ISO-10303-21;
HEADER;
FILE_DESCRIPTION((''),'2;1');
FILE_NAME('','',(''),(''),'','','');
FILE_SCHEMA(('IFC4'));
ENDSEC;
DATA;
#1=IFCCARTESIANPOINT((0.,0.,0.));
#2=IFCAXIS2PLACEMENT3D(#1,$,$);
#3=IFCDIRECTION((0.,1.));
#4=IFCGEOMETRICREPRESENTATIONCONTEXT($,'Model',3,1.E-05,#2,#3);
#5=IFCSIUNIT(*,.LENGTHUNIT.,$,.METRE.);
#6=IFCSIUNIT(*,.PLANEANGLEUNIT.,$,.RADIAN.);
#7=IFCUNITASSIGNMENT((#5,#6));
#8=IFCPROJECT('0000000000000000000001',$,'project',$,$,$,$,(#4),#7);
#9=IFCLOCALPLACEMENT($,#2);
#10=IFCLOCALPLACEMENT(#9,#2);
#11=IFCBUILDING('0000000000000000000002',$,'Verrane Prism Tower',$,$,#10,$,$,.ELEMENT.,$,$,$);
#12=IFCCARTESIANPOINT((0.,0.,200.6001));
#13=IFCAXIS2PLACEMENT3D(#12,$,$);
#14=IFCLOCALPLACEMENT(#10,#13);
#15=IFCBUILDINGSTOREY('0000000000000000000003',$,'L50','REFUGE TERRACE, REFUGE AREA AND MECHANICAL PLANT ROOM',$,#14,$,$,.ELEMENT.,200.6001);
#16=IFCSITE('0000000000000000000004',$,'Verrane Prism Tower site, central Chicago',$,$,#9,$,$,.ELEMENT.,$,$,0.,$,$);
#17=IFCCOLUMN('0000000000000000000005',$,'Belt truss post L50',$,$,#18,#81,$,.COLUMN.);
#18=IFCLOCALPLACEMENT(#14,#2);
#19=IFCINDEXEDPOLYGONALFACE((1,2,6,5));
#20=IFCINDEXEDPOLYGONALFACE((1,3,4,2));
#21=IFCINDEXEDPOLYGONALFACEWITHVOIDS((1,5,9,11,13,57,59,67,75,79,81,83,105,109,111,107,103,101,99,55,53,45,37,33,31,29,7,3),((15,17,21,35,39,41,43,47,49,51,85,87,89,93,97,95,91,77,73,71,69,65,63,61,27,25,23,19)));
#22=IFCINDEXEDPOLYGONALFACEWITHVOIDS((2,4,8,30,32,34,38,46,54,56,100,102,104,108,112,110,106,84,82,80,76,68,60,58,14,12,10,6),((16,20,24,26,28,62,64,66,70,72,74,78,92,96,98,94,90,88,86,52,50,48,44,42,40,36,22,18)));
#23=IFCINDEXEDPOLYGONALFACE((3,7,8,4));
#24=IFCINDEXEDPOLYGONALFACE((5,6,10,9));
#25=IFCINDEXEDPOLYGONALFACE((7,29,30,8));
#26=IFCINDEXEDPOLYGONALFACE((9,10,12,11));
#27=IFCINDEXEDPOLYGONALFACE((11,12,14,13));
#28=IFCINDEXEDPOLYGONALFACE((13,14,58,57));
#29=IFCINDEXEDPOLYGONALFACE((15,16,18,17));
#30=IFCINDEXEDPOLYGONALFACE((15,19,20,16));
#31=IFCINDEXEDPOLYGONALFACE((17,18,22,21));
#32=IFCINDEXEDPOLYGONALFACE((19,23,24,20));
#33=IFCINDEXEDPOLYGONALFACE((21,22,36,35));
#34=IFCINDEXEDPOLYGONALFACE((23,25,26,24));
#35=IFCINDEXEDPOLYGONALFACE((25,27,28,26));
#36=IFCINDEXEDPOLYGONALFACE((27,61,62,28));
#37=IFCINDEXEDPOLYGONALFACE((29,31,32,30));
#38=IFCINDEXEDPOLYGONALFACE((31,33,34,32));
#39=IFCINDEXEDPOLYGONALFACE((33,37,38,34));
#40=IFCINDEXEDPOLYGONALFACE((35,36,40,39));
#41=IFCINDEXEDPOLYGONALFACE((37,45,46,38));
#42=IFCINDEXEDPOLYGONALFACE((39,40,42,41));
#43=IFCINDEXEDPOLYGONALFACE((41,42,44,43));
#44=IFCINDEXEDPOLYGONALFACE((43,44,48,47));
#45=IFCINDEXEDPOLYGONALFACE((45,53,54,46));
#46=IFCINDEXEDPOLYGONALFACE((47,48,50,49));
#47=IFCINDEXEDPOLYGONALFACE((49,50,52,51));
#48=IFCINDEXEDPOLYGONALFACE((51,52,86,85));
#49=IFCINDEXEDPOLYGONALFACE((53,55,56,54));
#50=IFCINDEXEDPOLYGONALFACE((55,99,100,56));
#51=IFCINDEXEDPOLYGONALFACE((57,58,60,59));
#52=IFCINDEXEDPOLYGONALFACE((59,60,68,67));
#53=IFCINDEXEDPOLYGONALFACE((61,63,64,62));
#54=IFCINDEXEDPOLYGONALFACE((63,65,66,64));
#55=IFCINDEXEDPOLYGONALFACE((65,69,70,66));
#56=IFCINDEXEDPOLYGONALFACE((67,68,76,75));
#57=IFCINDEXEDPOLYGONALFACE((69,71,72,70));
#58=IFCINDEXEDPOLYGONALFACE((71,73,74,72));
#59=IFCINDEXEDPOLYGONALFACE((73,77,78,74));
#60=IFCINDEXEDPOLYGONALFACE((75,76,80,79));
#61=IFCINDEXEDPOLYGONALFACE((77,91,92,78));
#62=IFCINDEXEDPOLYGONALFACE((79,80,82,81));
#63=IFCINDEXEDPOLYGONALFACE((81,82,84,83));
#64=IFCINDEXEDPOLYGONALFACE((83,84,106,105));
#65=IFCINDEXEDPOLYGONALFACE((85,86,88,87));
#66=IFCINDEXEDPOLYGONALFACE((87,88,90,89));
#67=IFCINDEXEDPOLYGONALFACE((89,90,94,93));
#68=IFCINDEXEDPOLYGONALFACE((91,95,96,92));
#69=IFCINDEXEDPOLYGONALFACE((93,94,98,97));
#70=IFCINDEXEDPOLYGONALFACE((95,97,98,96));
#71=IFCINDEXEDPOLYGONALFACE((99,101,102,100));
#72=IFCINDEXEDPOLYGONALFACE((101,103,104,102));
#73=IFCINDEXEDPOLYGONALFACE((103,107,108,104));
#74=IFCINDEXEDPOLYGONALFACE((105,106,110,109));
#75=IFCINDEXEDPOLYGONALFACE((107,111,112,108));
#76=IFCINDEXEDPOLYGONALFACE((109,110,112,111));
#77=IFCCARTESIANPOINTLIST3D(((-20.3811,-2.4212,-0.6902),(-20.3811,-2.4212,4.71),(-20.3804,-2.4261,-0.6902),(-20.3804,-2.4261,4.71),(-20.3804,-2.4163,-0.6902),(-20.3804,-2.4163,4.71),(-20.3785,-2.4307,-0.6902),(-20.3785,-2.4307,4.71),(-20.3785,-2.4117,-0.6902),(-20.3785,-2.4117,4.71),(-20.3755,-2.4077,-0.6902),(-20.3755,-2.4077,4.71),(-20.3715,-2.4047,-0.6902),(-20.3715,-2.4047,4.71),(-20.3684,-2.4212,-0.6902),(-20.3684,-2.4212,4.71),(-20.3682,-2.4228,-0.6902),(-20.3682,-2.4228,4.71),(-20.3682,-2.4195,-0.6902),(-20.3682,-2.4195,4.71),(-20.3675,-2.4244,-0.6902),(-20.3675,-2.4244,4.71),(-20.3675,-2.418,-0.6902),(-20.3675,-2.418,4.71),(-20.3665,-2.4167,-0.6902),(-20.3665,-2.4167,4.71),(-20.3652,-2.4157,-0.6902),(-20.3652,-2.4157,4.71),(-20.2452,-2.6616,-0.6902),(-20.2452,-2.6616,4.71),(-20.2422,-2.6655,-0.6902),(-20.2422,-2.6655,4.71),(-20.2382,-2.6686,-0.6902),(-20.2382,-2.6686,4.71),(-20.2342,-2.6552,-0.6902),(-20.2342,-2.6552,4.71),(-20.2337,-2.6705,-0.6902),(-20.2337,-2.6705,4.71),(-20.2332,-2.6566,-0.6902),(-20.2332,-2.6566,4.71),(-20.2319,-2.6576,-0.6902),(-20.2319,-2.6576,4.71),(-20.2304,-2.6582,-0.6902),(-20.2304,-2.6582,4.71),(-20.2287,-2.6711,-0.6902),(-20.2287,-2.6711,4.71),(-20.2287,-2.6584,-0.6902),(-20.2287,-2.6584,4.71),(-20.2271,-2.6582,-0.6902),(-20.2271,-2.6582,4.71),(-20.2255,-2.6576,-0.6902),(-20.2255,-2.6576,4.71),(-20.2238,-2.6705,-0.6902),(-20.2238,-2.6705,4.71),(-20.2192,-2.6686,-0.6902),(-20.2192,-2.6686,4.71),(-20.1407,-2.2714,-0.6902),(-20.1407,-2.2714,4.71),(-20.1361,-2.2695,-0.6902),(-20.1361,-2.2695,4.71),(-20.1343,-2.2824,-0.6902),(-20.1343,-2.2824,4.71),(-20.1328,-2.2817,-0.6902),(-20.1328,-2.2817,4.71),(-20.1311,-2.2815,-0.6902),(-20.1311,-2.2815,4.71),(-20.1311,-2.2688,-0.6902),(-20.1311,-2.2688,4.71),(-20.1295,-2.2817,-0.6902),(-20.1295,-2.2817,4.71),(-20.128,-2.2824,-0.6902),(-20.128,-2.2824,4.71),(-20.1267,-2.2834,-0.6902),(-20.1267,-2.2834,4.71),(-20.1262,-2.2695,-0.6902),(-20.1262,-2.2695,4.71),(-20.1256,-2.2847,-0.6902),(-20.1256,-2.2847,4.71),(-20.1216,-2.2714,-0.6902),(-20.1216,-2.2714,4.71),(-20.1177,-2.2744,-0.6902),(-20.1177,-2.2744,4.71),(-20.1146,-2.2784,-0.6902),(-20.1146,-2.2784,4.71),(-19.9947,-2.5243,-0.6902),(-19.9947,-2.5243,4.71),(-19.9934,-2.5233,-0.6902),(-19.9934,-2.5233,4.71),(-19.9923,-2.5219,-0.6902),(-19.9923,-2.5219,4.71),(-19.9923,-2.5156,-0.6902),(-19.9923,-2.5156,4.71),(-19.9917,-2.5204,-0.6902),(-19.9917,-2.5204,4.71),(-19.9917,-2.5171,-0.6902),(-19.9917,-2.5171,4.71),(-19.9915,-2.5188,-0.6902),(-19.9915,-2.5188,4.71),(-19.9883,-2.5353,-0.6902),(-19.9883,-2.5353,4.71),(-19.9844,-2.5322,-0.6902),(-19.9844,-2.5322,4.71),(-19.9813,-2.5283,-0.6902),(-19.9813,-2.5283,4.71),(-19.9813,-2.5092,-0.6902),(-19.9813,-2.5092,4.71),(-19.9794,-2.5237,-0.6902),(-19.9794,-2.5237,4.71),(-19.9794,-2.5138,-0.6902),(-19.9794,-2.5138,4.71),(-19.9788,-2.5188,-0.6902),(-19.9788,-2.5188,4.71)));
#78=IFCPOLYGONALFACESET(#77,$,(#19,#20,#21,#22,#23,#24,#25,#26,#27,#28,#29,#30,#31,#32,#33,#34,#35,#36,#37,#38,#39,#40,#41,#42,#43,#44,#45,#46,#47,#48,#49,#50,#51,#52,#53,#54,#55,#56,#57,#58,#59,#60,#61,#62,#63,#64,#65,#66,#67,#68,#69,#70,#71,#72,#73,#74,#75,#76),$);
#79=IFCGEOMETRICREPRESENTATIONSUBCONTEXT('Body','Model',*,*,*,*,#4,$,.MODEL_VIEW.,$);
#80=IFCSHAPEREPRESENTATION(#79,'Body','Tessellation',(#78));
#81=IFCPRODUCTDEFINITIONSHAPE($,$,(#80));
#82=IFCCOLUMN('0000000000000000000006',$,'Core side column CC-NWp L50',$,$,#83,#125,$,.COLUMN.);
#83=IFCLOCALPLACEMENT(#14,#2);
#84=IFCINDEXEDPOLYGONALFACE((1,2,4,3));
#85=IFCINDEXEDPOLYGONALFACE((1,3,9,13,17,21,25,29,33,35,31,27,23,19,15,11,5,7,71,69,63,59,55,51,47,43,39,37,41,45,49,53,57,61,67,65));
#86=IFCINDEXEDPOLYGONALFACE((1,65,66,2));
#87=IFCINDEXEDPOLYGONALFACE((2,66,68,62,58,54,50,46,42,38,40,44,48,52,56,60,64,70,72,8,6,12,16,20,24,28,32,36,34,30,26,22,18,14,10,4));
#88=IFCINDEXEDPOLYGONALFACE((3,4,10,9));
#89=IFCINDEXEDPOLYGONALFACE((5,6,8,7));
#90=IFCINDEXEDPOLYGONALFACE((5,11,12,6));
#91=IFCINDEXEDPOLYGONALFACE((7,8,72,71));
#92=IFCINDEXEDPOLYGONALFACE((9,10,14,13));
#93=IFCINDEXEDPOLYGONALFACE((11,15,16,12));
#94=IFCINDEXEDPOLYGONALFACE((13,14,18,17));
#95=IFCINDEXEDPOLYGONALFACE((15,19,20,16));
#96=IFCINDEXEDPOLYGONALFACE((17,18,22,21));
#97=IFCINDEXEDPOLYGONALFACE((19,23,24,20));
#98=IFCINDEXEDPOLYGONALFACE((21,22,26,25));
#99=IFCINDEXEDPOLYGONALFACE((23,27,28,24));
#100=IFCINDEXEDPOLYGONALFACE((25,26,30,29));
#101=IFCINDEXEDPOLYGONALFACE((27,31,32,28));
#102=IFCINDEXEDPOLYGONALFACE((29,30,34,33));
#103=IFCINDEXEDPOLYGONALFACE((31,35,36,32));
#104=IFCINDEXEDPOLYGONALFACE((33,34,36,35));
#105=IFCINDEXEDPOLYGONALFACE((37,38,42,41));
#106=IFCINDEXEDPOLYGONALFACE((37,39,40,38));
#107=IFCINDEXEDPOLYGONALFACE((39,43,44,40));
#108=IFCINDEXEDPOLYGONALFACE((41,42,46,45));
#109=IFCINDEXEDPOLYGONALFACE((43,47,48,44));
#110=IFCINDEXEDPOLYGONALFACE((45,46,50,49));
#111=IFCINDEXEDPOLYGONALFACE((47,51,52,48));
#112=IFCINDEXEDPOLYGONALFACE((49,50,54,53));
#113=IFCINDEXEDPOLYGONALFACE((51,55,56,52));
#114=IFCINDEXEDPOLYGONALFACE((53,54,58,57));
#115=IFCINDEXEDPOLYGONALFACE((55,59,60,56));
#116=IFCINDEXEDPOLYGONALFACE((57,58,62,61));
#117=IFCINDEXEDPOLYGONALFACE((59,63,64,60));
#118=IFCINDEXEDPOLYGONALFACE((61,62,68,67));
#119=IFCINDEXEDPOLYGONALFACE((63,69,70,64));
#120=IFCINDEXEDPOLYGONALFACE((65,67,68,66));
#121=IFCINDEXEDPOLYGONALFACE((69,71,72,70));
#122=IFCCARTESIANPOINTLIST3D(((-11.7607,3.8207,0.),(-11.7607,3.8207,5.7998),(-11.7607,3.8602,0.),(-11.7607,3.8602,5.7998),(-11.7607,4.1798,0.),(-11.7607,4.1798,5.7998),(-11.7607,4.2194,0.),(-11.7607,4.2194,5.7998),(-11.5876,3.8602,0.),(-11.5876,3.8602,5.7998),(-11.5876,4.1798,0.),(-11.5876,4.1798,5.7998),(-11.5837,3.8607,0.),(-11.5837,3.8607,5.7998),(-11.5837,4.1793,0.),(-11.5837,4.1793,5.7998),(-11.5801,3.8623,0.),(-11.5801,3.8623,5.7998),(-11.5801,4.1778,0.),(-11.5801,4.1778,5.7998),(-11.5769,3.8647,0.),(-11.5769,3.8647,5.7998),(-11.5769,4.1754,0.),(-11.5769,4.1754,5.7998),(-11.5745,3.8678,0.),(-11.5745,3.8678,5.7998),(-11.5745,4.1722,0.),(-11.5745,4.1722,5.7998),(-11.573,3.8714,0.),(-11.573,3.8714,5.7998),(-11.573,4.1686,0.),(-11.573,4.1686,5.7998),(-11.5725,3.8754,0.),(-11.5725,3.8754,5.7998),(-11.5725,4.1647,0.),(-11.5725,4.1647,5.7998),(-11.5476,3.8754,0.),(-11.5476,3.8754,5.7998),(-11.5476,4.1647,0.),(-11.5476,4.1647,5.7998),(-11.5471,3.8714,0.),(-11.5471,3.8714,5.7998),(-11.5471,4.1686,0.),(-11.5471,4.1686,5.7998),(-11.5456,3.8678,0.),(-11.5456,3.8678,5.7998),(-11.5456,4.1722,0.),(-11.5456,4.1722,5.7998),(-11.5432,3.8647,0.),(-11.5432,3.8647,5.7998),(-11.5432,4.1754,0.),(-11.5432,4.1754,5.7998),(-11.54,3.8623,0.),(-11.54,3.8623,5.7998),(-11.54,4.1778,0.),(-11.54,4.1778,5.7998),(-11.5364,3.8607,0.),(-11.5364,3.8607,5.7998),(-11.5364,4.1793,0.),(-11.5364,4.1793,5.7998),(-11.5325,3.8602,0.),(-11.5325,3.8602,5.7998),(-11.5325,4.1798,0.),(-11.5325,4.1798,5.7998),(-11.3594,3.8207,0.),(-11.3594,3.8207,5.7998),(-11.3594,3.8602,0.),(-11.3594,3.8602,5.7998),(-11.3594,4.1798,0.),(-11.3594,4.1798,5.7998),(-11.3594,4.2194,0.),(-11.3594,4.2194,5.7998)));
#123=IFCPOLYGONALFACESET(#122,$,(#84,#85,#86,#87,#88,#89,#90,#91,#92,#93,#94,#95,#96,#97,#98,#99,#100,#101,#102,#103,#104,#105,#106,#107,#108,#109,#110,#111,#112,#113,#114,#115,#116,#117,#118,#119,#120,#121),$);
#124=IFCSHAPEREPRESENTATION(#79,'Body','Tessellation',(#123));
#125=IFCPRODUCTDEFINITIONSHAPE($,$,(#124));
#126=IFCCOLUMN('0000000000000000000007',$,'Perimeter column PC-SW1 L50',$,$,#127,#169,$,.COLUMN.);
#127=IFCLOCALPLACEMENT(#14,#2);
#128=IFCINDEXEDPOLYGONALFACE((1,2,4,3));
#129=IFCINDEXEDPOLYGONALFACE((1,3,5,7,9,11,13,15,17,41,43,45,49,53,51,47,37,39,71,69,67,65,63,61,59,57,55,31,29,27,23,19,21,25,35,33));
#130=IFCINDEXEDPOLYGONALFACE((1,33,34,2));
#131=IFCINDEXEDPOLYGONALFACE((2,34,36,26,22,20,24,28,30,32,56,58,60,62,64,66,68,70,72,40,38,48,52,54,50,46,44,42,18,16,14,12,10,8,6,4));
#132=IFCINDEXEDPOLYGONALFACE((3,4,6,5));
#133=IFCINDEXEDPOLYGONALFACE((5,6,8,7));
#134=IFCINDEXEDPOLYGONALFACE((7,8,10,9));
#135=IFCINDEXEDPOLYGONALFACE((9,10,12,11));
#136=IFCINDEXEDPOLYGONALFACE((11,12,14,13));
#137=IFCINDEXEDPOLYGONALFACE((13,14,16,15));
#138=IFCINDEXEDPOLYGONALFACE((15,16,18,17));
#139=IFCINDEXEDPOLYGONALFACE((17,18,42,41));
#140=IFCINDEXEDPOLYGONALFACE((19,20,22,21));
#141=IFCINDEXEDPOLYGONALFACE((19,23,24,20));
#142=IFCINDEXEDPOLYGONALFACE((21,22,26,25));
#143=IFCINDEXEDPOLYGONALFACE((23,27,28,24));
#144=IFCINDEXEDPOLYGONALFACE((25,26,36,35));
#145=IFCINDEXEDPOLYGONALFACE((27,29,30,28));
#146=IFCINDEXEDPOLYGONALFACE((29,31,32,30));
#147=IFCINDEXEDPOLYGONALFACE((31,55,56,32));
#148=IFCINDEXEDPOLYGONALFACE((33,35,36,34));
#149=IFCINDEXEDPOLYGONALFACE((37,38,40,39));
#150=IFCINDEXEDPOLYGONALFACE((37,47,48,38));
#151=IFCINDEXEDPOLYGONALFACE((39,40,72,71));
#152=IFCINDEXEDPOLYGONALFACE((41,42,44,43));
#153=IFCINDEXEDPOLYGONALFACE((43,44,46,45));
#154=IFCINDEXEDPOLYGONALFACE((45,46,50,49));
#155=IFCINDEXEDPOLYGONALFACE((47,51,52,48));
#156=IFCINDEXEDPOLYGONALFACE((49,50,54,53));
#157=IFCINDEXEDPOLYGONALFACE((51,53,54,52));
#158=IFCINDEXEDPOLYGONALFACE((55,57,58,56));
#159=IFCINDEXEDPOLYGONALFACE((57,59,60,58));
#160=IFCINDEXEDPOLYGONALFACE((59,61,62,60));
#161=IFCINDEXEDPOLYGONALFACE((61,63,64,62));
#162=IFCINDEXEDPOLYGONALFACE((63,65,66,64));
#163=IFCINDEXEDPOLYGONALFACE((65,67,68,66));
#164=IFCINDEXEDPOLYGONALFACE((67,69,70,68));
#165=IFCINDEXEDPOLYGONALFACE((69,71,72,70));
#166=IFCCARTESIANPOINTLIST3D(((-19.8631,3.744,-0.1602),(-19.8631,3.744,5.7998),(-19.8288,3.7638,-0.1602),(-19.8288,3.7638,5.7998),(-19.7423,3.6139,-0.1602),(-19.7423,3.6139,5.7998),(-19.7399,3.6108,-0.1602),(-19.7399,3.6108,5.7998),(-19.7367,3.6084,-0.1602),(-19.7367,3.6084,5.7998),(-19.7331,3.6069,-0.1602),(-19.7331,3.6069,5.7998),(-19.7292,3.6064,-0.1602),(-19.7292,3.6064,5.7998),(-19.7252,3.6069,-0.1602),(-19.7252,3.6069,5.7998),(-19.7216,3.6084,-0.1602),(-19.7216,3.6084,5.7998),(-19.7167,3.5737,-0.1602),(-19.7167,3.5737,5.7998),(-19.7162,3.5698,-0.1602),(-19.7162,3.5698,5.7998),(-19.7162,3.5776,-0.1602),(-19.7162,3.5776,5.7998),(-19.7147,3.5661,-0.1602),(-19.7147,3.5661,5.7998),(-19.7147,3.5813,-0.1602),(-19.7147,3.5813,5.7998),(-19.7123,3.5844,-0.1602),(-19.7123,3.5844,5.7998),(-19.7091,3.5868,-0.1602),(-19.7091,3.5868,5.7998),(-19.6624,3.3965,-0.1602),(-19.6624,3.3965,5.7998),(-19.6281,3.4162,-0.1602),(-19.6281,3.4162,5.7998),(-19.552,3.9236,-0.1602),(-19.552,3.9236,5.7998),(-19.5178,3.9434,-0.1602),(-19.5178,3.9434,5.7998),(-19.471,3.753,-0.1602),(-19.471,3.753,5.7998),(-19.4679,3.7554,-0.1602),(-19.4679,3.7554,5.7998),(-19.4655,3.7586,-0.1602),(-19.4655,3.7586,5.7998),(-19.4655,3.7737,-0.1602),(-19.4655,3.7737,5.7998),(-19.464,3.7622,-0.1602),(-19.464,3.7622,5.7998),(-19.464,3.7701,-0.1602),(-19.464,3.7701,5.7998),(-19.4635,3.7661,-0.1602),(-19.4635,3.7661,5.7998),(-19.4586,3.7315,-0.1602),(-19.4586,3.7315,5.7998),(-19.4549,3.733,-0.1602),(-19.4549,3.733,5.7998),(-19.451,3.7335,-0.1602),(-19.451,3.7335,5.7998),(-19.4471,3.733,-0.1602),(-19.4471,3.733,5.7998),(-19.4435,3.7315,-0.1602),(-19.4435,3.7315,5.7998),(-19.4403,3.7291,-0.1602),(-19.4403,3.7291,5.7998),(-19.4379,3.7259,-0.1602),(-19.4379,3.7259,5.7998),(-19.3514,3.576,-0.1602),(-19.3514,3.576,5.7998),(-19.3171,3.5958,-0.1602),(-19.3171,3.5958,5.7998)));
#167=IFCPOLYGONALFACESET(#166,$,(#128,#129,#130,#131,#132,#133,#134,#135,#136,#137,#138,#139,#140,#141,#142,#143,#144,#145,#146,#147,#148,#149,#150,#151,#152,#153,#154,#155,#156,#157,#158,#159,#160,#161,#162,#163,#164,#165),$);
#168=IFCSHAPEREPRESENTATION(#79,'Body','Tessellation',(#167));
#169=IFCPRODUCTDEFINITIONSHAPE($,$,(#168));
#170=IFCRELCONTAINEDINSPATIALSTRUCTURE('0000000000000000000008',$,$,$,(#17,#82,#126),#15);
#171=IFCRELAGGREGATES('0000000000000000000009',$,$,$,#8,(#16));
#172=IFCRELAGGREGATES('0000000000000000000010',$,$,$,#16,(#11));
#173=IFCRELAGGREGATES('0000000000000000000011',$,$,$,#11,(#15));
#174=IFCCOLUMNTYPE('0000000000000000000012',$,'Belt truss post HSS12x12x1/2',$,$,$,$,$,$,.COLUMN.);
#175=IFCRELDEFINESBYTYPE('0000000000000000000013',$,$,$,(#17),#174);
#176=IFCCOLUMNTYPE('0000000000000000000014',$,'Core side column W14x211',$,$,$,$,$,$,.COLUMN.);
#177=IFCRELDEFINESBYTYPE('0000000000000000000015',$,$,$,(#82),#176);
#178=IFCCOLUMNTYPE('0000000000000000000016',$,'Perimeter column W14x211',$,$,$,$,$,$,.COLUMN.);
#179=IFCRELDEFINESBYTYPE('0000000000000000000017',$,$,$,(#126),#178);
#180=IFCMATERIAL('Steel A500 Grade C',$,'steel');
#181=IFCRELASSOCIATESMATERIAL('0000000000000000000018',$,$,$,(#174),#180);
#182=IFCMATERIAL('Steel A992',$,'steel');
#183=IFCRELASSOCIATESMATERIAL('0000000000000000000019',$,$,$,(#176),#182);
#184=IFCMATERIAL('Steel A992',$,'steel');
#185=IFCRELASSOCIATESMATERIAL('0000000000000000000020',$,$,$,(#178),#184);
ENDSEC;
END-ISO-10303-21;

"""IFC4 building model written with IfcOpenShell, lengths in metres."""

from ifc_helpers import new_model, si_unit, direction, frame, origin, origin_2d, place, context, subcontext, project, spatial, hollow_rectangle, i_section, extrude, material, material_profile, profile_set, type_object, element, save


model = new_model("IFC4")

# Units and contexts
model_context = context("Model", 3, precision=1e-05, world=origin(), true_north=direction((0.0, 1.0)))
body_context = subcontext(model_context, "Body", "Model", "MODEL_VIEW")
ifc_project = project(units=[si_unit("LENGTHUNIT", "METRE"), si_unit("PLANEANGLEUNIT", "RADIAN")], contexts=[model_context])

# Site, building, storey
site_placement = place(None, origin())
site = spatial("IfcSite", under=ifc_project, at=site_placement, Name="Verrane Prism Tower site, central Chicago", CompositionType="ELEMENT", RefElevation=0.0)
building_placement = place(site_placement, origin())
building = spatial("IfcBuilding", under=site, at=building_placement, Name="Verrane Prism Tower", CompositionType="ELEMENT")
storey_placement = place(building_placement, frame((0.0, 0.0, 200.6001)))
storey = spatial("IfcBuildingStorey", under=building, at=storey_placement, Name="L50", Description="REFUGE TERRACE, REFUGE AREA AND MECHANICAL PLANT ROOM", CompositionType="ELEMENT", Elevation=200.6001)

# Columns
ifc_material_1 = material(Name="Steel A500 Grade C", Category="steel")
ifc_material_profile_1 = material_profile(ifc_material_1, hollow_rectangle(XDim=0.3047, YDim=0.3047, WallThickness=0.0127, InnerFilletRadius=0.0063, OuterFilletRadius=0.019, at=origin_2d()), Name="HSS12x12x1/2")
ifc_profile_set_1 = profile_set([ifc_material_profile_1], Name="Steel A500 Grade C")
column_type_1 = type_object("IfcColumnType", Name="Belt truss post HSS12x12x1/2", PredefinedType="COLUMN", material=ifc_profile_set_1)
column_1_placement = place(storey_placement, frame((-20.1799, -2.47, -0.6902), z_axis=(0.0, 0.0, 1.0), x_axis=(-0.5, 0.866025, 0.0)))
element("IfcColumn", 1, at=column_1_placement, inside=storey, type_object=column_type_1, Name="Belt truss post L50", PredefinedType="COLUMN", context=body_context, shape_type="SweptSolid", body=[
    extrude(hollow_rectangle(XDim=0.3047, YDim=0.3047, WallThickness=0.0127, InnerFilletRadius=0.0063, OuterFilletRadius=0.019, at=origin_2d()), origin(), (0.0, 0.0, 1.0), 5.4001),
])
ifc_material_2 = material(Name="Steel A992", Category="steel")
ifc_material_profile_2 = material_profile(ifc_material_2, i_section(OverallWidth=0.4014, OverallDepth=0.3987, WebThickness=0.0249, FlangeThickness=0.0396, FilletRadius=0.0151, at=origin_2d()), Name="W14x211")
ifc_profile_set_2 = profile_set([ifc_material_profile_2], Name="Steel A992")
column_type_2 = type_object("IfcColumnType", Name="Core side column W14x211", PredefinedType="COLUMN", material=ifc_profile_set_2)
column_2_placement = place(storey_placement, frame((-11.5601, 4.02, 0.0), z_axis=(0.0, 0.0, 1.0), x_axis=(1.0, 0.0, 0.0)))
element("IfcColumn", 2, at=column_2_placement, inside=storey, type_object=column_type_2, Name="Core side column CC-NWp L50", PredefinedType="COLUMN", context=body_context, shape_type="SweptSolid", body=[
    extrude(i_section(OverallWidth=0.4014, OverallDepth=0.3987, WebThickness=0.0249, FlangeThickness=0.0396, FilletRadius=0.0151, at=origin_2d()), origin(), (0.0, 0.0, 1.0), 5.7998),
])
ifc_material_3 = material(Name="Steel A992", Category="steel")
ifc_material_profile_3 = material_profile(ifc_material_3, i_section(OverallWidth=0.4014, OverallDepth=0.3987, WebThickness=0.0249, FlangeThickness=0.0396, FilletRadius=0.0151, at=origin_2d()), Name="W14x211")
ifc_profile_set_3 = profile_set([ifc_material_profile_3], Name="Steel A992")
column_type_3 = type_object("IfcColumnType", Name="Perimeter column W14x211", PredefinedType="COLUMN", material=ifc_profile_set_3)
for number, where, z_axis, x_axis, name in (
    (3, (-19.5901, 3.6699, -0.1602), (0.0, 0.0, 1.0), (-0.5, 0.866025, 0.0), "Perimeter column PC-SW1 L50"),
):
    element("IfcColumn", number, at=place(storey_placement, frame(where, z_axis=z_axis, x_axis=x_axis)), inside=storey, type_object=column_type_3, Name=name, PredefinedType="COLUMN", context=body_context, shape_type="SweptSolid", body=[
        extrude(i_section(OverallWidth=0.4014, OverallDepth=0.3987, WebThickness=0.0249, FlangeThickness=0.0396, FilletRadius=0.0151, at=origin_2d()), origin(), (0.0, 0.0, 1.0), 5.96),
    ])

save(model, "model.ifc")
